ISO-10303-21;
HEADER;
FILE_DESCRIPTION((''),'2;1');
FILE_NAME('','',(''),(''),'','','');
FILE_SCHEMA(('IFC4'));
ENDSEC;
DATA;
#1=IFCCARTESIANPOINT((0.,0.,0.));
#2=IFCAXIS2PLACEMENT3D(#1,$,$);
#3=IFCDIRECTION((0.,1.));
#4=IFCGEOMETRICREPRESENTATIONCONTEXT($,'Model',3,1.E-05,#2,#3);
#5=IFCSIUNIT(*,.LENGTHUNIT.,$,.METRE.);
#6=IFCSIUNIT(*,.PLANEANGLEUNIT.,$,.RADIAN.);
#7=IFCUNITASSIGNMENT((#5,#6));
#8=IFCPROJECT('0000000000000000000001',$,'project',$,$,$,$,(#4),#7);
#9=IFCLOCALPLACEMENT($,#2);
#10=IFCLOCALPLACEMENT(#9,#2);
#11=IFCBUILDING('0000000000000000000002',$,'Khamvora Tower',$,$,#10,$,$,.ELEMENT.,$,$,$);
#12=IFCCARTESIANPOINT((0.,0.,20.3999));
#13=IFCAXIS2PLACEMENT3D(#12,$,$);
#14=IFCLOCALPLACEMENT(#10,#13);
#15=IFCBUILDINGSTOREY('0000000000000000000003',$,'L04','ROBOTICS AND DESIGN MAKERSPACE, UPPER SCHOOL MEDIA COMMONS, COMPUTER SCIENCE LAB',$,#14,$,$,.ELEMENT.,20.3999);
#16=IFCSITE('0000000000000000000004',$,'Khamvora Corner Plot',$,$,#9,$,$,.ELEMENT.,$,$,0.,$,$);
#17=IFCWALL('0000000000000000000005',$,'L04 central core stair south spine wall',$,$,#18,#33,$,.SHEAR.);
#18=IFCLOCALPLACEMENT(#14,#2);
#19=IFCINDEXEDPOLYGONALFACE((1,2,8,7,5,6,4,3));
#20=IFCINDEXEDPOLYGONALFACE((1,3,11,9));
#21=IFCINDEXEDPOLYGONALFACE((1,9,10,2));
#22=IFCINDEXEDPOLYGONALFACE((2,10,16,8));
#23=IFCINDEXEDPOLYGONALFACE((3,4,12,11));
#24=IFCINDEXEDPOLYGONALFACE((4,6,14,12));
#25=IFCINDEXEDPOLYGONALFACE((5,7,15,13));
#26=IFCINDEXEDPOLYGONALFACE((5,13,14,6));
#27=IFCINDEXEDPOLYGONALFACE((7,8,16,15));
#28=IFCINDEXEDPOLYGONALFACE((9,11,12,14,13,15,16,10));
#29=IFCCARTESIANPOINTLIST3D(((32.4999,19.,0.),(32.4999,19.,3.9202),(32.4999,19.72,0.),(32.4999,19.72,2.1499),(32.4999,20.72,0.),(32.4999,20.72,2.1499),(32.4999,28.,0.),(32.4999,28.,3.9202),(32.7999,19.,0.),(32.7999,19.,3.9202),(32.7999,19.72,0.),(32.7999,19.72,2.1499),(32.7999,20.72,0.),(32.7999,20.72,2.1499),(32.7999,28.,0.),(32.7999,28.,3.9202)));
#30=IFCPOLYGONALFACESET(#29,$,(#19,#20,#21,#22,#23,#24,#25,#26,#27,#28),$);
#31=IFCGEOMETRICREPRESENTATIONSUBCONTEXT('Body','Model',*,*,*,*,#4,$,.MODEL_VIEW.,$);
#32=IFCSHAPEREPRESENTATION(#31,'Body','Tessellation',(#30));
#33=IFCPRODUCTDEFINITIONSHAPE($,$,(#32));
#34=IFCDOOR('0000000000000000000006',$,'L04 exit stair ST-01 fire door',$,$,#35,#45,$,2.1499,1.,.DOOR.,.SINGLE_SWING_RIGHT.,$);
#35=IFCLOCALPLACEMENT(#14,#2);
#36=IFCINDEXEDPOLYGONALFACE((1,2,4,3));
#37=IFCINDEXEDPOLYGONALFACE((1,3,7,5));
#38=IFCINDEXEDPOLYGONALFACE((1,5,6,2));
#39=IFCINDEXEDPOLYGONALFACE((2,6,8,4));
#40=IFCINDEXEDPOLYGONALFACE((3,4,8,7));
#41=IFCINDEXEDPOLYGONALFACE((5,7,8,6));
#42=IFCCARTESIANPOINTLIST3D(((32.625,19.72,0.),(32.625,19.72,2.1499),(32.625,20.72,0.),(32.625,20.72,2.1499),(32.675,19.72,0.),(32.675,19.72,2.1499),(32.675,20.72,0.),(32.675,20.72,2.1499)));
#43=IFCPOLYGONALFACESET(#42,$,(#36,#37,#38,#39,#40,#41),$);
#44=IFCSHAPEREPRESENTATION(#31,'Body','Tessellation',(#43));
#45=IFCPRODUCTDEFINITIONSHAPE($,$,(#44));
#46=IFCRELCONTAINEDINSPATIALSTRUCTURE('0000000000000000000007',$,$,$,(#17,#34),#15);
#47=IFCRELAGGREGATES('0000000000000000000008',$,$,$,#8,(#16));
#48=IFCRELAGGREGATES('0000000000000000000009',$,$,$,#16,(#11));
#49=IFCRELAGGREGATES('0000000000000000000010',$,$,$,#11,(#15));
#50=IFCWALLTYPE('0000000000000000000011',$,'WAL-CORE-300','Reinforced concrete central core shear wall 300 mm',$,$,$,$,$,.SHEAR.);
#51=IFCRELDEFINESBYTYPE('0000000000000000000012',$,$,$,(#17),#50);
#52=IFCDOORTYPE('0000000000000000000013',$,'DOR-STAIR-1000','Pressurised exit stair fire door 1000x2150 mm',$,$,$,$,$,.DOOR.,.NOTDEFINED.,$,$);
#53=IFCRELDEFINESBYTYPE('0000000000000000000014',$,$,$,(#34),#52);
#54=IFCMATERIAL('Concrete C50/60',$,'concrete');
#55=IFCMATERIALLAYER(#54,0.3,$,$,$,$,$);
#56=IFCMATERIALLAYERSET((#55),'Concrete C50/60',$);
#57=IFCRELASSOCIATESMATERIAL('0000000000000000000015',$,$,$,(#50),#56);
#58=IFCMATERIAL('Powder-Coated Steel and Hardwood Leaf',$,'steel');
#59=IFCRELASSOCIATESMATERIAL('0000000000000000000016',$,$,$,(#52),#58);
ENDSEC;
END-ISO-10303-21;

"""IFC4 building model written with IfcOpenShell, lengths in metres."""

from ifc_helpers import new_model, si_unit, direction, frame, frame_2d, origin, place, context, subcontext, project, spatial, rectangle, extrude, material, layer, layer_set, type_object, element, fill, save


model = new_model("IFC4")

# Units and contexts
model_context = context("Model", 3, precision=1e-05, world=origin(), true_north=direction((0.0, 1.0)))
body_context = subcontext(model_context, "Body", "Model", "MODEL_VIEW")
ifc_project = project(units=[si_unit("LENGTHUNIT", "METRE"), si_unit("PLANEANGLEUNIT", "RADIAN")], contexts=[model_context])

# Site, building, storey
site_placement = place(None, origin())
site = spatial("IfcSite", under=ifc_project, at=site_placement, Name="Khamvora Corner Plot", CompositionType="ELEMENT", RefElevation=0.0)
building_placement = place(site_placement, origin())
building = spatial("IfcBuilding", under=site, at=building_placement, Name="Khamvora Tower", CompositionType="ELEMENT")
storey_placement = place(building_placement, frame((0.0, 0.0, 20.3999)))
storey = spatial("IfcBuildingStorey", under=building, at=storey_placement, Name="L04", Description="ROBOTICS AND DESIGN MAKERSPACE, UPPER SCHOOL MEDIA COMMONS, COMPUTER SCIENCE LAB", CompositionType="ELEMENT", Elevation=20.3999)

# Shared definitions
ifc_material_1 = material(Name="Concrete C50/60", Category="concrete")
ifc_layer_1 = layer(ifc_material_1, 0.3)
ifc_layer_set_1 = layer_set([ifc_layer_1], Name="Concrete C50/60")
wall_type = type_object("IfcWallType", Name="WAL-CORE-300", Description="Reinforced concrete central core shear wall 300 mm", PredefinedType="SHEAR", material=ifc_layer_set_1)

# Shared definitions
ifc_material_2 = material(Name="Powder-Coated Steel and Hardwood Leaf", Category="steel")

# Wall, opening, door
wall_1_placement = place(storey_placement, frame((32.6499, 19.0, 0.0), z_axis=(0.0, 0.0, 1.0), x_axis=(0.0, 1.0, 0.0)))
wall_1 = element("IfcWall", 1, at=wall_1_placement, inside=storey, type_object=wall_type, Name="L04 central core stair south spine wall", PredefinedType="SHEAR", context=body_context, shape_type="SweptSolid", body=[
    extrude(rectangle(XDim=9.0, YDim=0.3, at=frame_2d((4.5, 0.0))), origin(), (0.0, 0.0, 1.0), 3.9202),
])
opening_1_placement = place(wall_1_placement, frame((0.72, 0.0, 0.0)))
opening_1 = element("IfcOpeningElement", 2, at=opening_1_placement, cuts=wall_1, PredefinedType="OPENING", context=body_context, shape_type="SweptSolid", body=[
    extrude(rectangle(XDim=1.0, YDim=2.1499, at=frame_2d((0.5, 1.075))), frame((0.0, 0.1599, 0.0), z_axis=(0.0, -1.0, 0.0), x_axis=(1.0, 0.0, 0.0)), (0.0, 0.0, 1.0), 0.3201),
])
door_type_1 = type_object("IfcDoorType", Name="DOR-STAIR-1000", Description="Pressurised exit stair fire door 1000x2150 mm", OperationType="NOTDEFINED", PredefinedType="DOOR", material=ifc_material_2)
door_1_placement = place(opening_1_placement, origin())
door_1 = element("IfcDoor", 3, at=door_1_placement, inside=storey, type_object=door_type_1, Name="L04 exit stair ST-01 fire door", OperationType="SINGLE_SWING_RIGHT", OverallHeight=2.1499, OverallWidth=1.0, PredefinedType="DOOR", context=body_context, shape_type="SweptSolid", body=[
    extrude(rectangle(XDim=1.0, YDim=2.1499, at=frame_2d((0.5, 1.075))), frame((0.0, 0.0249, 0.0), z_axis=(0.0, -1.0, 0.0), x_axis=(1.0, 0.0, 0.0)), (0.0, 0.0, 1.0), 0.05),
])
fill(opening_1, door_1)

save(model, "model.ifc")
